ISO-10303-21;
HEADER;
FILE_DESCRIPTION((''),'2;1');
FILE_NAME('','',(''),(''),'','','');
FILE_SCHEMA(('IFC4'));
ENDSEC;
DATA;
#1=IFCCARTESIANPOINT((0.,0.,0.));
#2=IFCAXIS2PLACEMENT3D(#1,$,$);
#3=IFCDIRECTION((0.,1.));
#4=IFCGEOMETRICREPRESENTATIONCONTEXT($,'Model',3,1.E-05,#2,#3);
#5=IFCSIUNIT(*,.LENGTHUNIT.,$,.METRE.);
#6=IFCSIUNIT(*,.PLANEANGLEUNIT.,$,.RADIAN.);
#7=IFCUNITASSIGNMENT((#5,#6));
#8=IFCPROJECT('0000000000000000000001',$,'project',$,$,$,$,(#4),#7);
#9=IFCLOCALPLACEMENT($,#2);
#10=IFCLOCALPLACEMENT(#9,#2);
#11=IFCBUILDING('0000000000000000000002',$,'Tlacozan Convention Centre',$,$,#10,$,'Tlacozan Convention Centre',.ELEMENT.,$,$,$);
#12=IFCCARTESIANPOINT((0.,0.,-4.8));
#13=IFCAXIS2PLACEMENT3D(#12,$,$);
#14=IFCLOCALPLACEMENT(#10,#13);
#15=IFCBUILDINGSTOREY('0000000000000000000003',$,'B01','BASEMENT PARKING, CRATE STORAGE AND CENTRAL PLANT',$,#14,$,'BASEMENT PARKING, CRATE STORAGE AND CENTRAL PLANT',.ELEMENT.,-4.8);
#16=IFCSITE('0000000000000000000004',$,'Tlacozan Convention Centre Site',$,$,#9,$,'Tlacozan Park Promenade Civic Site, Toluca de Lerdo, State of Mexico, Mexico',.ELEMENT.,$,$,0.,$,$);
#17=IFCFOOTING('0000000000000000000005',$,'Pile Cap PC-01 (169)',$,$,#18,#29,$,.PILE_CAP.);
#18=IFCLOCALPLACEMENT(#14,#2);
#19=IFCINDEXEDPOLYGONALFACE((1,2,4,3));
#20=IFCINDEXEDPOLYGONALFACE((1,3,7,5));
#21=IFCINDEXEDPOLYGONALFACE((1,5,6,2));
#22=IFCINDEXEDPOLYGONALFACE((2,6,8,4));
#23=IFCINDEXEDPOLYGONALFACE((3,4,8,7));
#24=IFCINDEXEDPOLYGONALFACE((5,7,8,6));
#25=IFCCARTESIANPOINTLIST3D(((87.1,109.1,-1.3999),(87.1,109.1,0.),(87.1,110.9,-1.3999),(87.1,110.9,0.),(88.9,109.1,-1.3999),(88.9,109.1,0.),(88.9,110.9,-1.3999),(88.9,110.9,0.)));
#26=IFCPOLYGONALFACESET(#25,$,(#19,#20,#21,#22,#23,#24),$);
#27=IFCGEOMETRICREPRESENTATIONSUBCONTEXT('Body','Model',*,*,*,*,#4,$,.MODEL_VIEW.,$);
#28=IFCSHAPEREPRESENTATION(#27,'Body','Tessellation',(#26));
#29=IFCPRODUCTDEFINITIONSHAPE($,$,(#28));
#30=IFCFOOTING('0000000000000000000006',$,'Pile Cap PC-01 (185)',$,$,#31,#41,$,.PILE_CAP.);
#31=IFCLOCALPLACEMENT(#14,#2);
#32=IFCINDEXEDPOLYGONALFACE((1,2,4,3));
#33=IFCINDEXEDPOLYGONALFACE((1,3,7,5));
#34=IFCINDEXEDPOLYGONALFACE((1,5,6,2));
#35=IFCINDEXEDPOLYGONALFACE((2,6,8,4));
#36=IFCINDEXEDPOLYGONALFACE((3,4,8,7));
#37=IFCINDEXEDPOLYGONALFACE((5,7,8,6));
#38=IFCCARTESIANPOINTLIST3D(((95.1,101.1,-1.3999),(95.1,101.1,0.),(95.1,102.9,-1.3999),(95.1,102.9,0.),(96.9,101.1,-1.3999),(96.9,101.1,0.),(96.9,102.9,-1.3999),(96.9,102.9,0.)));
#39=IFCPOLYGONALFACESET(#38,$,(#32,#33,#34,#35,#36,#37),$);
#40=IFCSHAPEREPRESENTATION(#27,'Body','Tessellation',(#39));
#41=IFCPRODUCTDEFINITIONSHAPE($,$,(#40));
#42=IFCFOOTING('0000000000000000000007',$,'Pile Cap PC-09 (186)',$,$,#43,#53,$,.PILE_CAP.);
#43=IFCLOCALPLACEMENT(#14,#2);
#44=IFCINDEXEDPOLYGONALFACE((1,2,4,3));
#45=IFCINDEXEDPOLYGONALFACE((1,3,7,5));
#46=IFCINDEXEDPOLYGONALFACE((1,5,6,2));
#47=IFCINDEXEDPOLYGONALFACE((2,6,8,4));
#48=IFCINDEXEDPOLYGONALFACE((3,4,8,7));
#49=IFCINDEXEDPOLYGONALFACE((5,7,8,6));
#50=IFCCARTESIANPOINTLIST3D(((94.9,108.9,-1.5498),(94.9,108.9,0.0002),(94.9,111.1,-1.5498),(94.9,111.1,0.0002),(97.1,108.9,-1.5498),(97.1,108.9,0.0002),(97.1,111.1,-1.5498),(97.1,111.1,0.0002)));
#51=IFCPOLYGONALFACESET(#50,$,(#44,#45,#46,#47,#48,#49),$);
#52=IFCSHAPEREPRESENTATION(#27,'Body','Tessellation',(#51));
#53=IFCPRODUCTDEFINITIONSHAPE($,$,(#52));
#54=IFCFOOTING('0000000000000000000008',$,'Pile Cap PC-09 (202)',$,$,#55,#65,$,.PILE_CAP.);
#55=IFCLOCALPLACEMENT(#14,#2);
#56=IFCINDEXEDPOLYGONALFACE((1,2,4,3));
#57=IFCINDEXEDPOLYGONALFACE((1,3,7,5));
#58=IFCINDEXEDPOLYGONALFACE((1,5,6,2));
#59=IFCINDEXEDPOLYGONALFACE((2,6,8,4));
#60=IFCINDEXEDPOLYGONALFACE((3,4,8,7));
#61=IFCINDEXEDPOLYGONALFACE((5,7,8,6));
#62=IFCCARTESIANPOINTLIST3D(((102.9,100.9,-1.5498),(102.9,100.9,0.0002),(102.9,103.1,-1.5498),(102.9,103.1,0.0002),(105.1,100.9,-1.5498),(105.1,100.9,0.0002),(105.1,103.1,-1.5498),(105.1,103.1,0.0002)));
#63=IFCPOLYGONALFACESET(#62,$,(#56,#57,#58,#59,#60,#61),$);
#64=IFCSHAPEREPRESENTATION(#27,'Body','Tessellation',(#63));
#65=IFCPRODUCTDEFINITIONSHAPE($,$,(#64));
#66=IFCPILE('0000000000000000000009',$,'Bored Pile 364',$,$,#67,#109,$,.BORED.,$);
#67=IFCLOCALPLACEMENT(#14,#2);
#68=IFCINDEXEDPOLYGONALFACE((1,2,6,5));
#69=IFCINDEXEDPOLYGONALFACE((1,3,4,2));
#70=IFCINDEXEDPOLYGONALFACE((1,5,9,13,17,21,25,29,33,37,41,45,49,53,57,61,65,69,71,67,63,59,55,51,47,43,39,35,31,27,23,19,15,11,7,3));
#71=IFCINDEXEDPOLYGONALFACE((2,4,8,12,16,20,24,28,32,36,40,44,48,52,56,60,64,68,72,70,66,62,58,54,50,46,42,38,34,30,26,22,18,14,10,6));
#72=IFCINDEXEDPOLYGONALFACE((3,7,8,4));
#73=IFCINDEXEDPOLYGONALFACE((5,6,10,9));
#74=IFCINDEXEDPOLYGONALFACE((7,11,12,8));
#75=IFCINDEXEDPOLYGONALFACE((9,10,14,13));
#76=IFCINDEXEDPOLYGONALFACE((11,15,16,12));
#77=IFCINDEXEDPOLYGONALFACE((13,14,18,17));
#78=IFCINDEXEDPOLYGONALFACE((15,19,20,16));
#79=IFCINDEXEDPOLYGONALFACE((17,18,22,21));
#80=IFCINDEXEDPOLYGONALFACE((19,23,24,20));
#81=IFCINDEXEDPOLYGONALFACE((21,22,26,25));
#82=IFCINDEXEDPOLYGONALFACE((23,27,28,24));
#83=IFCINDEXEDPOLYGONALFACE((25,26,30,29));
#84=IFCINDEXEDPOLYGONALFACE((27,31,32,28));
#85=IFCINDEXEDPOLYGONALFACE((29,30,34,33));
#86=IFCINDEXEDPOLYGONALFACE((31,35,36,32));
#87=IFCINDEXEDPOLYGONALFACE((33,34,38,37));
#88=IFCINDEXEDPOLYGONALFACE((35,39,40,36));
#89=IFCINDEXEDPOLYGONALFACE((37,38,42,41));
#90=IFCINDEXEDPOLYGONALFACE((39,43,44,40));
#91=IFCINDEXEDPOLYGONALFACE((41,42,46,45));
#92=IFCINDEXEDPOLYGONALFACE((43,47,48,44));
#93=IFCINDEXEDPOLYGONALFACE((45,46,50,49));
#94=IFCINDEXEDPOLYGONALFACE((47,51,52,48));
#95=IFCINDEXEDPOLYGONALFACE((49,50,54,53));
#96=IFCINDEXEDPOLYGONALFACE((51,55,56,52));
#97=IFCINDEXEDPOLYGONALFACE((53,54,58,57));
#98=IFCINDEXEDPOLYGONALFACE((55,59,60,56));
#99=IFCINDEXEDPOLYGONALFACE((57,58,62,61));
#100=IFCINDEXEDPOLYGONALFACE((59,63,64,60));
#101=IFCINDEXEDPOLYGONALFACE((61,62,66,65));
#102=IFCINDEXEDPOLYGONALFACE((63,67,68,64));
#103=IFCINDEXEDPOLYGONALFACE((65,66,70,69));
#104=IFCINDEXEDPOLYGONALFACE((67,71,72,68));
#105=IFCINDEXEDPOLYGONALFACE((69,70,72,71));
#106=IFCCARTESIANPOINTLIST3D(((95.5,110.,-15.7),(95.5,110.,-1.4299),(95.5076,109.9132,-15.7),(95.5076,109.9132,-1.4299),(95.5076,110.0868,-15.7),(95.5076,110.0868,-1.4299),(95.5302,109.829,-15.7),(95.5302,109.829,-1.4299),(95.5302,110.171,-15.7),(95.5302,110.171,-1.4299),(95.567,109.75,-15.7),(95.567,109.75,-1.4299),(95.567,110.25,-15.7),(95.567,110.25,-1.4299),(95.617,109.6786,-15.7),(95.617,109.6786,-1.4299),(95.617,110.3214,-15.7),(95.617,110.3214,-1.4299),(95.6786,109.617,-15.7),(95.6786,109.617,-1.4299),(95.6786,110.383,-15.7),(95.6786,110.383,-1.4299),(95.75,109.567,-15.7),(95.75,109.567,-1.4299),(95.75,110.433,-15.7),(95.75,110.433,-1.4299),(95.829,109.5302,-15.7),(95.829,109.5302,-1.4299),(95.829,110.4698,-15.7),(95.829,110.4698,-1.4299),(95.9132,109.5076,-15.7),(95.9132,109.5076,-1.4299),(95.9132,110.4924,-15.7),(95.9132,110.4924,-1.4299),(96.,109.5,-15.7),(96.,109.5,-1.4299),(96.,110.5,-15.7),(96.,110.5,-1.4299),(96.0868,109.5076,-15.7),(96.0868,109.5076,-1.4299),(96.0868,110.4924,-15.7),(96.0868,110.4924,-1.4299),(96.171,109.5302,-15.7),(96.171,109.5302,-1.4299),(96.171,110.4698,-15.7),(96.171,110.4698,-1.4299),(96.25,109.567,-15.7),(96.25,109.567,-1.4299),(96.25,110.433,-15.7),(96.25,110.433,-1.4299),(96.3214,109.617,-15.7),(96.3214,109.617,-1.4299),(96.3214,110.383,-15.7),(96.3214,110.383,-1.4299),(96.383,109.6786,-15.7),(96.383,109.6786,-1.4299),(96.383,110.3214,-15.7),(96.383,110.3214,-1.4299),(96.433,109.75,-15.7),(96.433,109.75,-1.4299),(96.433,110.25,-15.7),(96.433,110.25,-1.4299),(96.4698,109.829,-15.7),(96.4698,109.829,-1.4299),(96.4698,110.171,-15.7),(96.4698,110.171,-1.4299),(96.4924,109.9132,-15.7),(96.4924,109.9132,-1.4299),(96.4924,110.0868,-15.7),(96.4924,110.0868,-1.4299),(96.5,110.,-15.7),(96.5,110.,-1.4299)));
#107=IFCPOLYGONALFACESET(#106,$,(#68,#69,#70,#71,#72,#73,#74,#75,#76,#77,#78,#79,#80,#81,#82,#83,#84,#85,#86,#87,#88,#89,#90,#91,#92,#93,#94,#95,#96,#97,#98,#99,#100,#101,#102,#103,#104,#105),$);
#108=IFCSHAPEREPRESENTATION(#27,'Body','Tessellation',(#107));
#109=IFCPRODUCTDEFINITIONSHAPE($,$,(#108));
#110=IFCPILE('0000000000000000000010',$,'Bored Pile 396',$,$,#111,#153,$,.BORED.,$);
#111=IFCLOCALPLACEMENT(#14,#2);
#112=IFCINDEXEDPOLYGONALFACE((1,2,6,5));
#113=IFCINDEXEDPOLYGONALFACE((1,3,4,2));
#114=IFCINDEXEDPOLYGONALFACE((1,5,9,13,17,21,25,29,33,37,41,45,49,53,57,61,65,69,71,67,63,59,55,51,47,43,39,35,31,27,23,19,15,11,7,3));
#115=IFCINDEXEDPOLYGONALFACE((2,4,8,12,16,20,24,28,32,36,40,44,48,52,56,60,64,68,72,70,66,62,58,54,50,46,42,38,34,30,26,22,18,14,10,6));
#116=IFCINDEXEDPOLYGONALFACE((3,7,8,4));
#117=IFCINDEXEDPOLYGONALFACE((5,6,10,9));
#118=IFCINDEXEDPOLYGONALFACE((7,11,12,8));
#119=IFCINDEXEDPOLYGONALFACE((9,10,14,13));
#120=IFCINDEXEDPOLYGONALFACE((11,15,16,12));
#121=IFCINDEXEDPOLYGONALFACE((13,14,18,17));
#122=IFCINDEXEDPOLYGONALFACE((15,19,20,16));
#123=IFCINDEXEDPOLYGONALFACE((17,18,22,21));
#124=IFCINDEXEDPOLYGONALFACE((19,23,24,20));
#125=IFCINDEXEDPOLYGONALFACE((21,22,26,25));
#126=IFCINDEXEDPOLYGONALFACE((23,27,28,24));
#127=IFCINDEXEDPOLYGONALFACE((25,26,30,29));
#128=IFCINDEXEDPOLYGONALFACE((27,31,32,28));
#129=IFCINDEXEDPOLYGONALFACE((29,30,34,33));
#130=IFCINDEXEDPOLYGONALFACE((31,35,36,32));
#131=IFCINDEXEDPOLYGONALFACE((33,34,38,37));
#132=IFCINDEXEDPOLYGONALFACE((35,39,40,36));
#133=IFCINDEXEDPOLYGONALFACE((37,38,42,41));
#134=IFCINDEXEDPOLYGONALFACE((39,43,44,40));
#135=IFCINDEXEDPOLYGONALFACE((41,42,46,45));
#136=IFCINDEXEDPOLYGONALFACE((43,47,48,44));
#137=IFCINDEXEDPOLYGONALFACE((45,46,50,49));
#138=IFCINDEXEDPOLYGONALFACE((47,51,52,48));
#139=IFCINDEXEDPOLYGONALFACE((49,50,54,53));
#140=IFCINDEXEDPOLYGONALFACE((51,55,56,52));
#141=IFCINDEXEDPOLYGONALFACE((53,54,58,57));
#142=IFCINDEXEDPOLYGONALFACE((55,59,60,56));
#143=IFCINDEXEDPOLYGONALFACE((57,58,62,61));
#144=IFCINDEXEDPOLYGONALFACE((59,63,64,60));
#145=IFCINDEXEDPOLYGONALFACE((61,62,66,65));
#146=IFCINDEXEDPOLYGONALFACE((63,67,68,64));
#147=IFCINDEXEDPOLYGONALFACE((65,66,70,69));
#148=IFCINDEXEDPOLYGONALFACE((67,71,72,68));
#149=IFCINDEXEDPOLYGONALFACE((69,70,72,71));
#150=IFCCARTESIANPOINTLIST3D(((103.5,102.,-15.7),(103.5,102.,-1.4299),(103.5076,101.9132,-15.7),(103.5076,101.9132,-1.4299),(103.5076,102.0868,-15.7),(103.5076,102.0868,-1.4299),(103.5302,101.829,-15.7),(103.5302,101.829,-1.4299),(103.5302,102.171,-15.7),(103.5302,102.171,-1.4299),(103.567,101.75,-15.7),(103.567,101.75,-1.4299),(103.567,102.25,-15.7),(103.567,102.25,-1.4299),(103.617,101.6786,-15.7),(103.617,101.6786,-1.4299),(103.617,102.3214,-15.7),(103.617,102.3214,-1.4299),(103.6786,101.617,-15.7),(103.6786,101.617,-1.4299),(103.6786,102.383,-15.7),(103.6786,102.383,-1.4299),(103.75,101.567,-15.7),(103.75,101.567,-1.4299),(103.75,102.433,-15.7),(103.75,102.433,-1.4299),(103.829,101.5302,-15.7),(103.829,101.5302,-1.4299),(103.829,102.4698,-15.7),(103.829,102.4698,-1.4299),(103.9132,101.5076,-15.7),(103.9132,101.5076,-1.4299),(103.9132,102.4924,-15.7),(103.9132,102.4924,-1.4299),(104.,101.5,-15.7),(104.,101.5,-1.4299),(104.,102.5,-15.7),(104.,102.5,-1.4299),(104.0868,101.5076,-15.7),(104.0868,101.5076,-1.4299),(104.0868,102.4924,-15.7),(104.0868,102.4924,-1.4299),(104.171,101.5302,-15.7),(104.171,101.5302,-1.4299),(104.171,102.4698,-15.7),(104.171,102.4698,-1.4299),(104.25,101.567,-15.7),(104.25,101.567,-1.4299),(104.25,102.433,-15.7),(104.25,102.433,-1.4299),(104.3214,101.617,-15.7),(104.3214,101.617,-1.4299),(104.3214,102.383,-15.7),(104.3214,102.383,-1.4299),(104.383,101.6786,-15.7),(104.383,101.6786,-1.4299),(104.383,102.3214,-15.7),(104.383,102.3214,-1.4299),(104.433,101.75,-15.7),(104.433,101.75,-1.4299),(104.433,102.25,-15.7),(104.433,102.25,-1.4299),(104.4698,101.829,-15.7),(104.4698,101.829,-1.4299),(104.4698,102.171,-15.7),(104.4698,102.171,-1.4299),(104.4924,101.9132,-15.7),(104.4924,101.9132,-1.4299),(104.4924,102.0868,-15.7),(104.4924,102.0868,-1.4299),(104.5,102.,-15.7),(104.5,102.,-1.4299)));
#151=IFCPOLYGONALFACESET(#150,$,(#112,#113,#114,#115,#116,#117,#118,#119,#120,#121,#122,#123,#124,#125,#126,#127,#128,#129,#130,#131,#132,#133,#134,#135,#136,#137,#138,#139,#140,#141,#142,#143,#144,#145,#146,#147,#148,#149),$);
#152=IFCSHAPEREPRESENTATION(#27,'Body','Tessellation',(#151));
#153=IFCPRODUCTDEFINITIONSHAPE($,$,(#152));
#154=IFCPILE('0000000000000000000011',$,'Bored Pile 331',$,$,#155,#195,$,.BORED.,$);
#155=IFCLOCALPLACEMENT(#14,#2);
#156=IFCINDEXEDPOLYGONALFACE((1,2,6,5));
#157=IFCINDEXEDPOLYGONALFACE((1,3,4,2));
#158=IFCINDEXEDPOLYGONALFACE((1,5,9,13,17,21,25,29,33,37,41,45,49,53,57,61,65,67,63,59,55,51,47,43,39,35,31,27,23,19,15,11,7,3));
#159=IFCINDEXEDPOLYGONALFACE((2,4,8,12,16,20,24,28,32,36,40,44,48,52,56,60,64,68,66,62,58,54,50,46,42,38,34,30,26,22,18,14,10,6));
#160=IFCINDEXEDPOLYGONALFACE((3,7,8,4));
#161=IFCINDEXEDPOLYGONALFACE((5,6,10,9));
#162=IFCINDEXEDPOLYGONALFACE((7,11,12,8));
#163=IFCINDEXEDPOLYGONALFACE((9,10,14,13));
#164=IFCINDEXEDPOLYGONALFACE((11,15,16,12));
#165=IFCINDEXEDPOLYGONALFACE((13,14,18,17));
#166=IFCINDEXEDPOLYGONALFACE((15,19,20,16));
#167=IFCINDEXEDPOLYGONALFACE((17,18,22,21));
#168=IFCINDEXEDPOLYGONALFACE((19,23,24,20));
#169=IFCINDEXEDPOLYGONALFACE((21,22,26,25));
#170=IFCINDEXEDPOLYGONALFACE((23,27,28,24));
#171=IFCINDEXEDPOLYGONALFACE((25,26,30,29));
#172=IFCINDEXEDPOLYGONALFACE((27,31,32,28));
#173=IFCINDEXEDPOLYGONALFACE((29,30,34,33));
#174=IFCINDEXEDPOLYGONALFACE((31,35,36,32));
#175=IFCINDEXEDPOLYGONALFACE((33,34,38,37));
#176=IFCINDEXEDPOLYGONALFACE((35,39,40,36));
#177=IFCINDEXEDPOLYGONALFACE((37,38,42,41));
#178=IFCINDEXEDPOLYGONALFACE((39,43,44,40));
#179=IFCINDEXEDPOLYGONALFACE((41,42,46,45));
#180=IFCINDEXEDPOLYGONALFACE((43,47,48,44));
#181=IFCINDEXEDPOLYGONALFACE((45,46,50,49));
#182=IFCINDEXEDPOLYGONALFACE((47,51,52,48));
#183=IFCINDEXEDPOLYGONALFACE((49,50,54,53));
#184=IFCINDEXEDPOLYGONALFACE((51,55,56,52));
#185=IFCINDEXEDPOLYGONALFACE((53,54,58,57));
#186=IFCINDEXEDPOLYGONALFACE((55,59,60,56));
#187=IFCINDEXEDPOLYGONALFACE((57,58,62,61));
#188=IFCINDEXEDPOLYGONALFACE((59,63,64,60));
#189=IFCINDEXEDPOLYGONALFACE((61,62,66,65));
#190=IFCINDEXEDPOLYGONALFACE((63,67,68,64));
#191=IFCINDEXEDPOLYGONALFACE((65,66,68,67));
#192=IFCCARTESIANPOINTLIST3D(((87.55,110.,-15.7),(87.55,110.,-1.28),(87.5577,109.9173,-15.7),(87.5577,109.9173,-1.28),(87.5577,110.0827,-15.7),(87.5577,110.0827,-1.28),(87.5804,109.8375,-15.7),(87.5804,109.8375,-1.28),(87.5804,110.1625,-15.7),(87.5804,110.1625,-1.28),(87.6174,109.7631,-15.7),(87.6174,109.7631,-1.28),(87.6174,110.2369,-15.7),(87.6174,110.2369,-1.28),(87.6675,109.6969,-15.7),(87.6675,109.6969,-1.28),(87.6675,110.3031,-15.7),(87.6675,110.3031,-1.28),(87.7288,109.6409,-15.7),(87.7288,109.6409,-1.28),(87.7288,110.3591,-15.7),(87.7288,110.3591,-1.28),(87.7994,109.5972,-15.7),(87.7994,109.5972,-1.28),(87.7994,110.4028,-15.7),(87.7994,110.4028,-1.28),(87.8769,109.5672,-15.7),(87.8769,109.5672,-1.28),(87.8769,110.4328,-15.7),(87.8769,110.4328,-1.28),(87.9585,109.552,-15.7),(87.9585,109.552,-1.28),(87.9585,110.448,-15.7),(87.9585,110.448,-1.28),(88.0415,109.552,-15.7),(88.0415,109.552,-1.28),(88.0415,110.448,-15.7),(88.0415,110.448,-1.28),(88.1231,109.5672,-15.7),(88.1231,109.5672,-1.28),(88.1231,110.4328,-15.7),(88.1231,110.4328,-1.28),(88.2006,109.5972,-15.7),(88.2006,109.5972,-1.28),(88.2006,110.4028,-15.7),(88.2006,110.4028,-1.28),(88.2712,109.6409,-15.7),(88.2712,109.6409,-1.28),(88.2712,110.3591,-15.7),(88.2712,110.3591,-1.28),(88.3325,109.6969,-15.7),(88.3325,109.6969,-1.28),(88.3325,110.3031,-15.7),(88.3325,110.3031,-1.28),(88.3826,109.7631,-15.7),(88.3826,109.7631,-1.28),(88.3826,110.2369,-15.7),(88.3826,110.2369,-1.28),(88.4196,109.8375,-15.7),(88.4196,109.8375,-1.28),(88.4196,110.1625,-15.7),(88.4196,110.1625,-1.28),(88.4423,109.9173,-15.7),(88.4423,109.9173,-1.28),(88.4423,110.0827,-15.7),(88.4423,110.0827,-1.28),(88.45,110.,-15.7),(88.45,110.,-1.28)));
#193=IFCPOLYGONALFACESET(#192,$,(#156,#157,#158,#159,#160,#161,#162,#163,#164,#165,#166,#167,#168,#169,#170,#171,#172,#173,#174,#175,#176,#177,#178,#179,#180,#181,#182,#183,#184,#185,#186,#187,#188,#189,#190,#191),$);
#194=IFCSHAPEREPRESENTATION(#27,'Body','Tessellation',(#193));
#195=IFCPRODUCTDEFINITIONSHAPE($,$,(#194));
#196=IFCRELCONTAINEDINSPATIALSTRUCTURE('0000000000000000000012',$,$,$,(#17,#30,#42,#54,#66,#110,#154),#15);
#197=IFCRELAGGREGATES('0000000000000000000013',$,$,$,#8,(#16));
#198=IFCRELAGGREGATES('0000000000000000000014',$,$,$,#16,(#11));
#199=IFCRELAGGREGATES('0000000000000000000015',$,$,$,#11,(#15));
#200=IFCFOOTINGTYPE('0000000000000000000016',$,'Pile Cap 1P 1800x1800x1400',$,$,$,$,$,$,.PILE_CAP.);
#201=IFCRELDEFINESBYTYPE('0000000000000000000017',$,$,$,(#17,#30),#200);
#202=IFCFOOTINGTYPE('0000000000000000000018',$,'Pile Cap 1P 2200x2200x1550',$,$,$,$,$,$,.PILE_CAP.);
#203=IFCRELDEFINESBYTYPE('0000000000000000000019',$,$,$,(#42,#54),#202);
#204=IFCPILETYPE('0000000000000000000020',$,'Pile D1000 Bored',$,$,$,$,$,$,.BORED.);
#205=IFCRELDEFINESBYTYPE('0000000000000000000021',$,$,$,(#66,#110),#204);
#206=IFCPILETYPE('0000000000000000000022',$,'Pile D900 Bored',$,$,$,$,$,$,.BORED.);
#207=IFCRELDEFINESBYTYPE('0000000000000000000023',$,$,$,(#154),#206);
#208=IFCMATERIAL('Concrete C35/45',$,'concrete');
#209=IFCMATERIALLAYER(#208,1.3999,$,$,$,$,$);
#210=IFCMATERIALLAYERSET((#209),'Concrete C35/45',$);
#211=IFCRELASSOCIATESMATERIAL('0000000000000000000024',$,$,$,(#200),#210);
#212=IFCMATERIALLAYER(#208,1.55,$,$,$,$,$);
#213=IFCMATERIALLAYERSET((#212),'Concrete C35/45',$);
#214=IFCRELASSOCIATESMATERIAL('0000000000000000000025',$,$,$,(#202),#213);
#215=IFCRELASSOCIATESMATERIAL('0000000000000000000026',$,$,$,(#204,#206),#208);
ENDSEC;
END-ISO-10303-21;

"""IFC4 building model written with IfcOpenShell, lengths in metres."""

from ifc_helpers import new_model, si_unit, direction, frame, origin, origin_2d, place, context, subcontext, project, spatial, rectangle, circle, extrude, material, layer, layer_set, material_profile, profile_set, type_object, element, save


model = new_model("IFC4")

# Units and contexts
model_context = context("Model", 3, precision=1e-05, world=origin(), true_north=direction((0.0, 1.0)))
body_context = subcontext(model_context, "Body", "Model", "MODEL_VIEW")
ifc_project = project(units=[si_unit("LENGTHUNIT", "METRE"), si_unit("PLANEANGLEUNIT", "RADIAN")], contexts=[model_context])

# Site, building, storey
site_placement = place(None, origin())
site = spatial("IfcSite", under=ifc_project, at=site_placement, Name="Tlacozan Convention Centre Site", LongName="Tlacozan Park Promenade Civic Site, Toluca de Lerdo, State of Mexico, Mexico", CompositionType="ELEMENT", RefElevation=0.0)
building_placement = place(site_placement, origin())
building = spatial("IfcBuilding", under=site, at=building_placement, Name="Tlacozan Convention Centre", LongName="Tlacozan Convention Centre", CompositionType="ELEMENT")
storey_placement = place(building_placement, frame((0.0, 0.0, -4.8)))
storey = spatial("IfcBuildingStorey", under=building, at=storey_placement, Name="B01", Description="BASEMENT PARKING, CRATE STORAGE AND CENTRAL PLANT", LongName="BASEMENT PARKING, CRATE STORAGE AND CENTRAL PLANT", CompositionType="ELEMENT", Elevation=-4.8)

# Footings
ifc_material_1 = material(Name="Concrete C35/45", Category="concrete")
ifc_layer_1 = layer(ifc_material_1, 1.3999)
ifc_layer_set_1 = layer_set([ifc_layer_1], Name="Concrete C35/45")
footing_type_1 = type_object("IfcFootingType", Name="Pile Cap 1P 1800x1800x1400", PredefinedType="PILE_CAP", material=ifc_layer_set_1)
for number, where, z_axis, x_axis, name in (
    (1, (88.0, 110.0, -1.3999), (0.0, 0.0, 1.0), (1.0, 0.0, 0.0), "Pile Cap PC-01 (169)"),
    (2, (96.0, 102.0, -1.3999), (0.0, 0.0, 1.0), (1.0, 0.0, 0.0), "Pile Cap PC-01 (185)"),
):
    element("IfcFooting", number, at=place(storey_placement, frame(where, z_axis=z_axis, x_axis=x_axis)), inside=storey, type_object=footing_type_1, Name=name, PredefinedType="PILE_CAP", context=body_context, shape_type="SweptSolid", body=[
        extrude(rectangle(XDim=1.8, YDim=1.8, at=origin_2d()), origin(), (0.0, 0.0, 1.0), 1.3999),
    ])
ifc_layer_2 = layer(ifc_material_1, 1.55)
ifc_layer_set_2 = layer_set([ifc_layer_2], Name="Concrete C35/45")
footing_type_2 = type_object("IfcFootingType", Name="Pile Cap 1P 2200x2200x1550", PredefinedType="PILE_CAP", material=ifc_layer_set_2)
for number, where, z_axis, x_axis, name in (
    (3, (96.0, 110.0, -1.5498), (0.0, 0.0, 1.0), (1.0, 0.0, 0.0), "Pile Cap PC-09 (186)"),
    (4, (104.0, 102.0, -1.5498), (0.0, 0.0, 1.0), (1.0, 0.0, 0.0), "Pile Cap PC-09 (202)"),
):
    element("IfcFooting", number, at=place(storey_placement, frame(where, z_axis=z_axis, x_axis=x_axis)), inside=storey, type_object=footing_type_2, Name=name, PredefinedType="PILE_CAP", context=body_context, shape_type="SweptSolid", body=[
        extrude(rectangle(XDim=2.2, YDim=2.2, at=origin_2d()), origin(), (0.0, 0.0, 1.0), 1.55),
    ])

# Piles
ifc_material_profile_1 = material_profile(ifc_material_1, circle(Radius=0.5, at=origin_2d()), Name="PILE D1000")
ifc_profile_set_1 = profile_set([ifc_material_profile_1], Name="Concrete C35/45")
pile_type_1 = type_object("IfcPileType", Name="Pile D1000 Bored", PredefinedType="BORED", material=ifc_profile_set_1)
for number, where, z_axis, x_axis, name in (
    (5, (96.0, 110.0, -1.4299), (0.0, 0.0, -1.0), (1.0, 0.0, 0.0), "Bored Pile 364"),
    (6, (104.0, 102.0, -1.4299), (0.0, 0.0, -1.0), (1.0, 0.0, 0.0), "Bored Pile 396"),
):
    element("IfcPile", number, at=place(storey_placement, frame(where, z_axis=z_axis, x_axis=x_axis)), inside=storey, type_object=pile_type_1, Name=name, PredefinedType="BORED", context=body_context, shape_type="SweptSolid", body=[
        extrude(circle(Radius=0.5, at=origin_2d()), origin(), (0.0, 0.0, 1.0), 14.27),
    ])
ifc_material_profile_2 = material_profile(ifc_material_1, circle(Radius=0.45, at=origin_2d()), Name="PILE D900")
ifc_profile_set_2 = profile_set([ifc_material_profile_2], Name="Concrete C35/45")
pile_type_2 = type_object("IfcPileType", Name="Pile D900 Bored", PredefinedType="BORED", material=ifc_profile_set_2)
for number, where, z_axis, x_axis, name in (
    (7, (88.0, 110.0, -1.28), (0.0, 0.0, -1.0), (1.0, 0.0, 0.0), "Bored Pile 331"),
):
    element("IfcPile", number, at=place(storey_placement, frame(where, z_axis=z_axis, x_axis=x_axis)), inside=storey, type_object=pile_type_2, Name=name, PredefinedType="BORED", context=body_context, shape_type="SweptSolid", body=[
        extrude(circle(Radius=0.45, at=origin_2d()), origin(), (0.0, 0.0, 1.0), 14.4199),
    ])

save(model, "model.ifc")
